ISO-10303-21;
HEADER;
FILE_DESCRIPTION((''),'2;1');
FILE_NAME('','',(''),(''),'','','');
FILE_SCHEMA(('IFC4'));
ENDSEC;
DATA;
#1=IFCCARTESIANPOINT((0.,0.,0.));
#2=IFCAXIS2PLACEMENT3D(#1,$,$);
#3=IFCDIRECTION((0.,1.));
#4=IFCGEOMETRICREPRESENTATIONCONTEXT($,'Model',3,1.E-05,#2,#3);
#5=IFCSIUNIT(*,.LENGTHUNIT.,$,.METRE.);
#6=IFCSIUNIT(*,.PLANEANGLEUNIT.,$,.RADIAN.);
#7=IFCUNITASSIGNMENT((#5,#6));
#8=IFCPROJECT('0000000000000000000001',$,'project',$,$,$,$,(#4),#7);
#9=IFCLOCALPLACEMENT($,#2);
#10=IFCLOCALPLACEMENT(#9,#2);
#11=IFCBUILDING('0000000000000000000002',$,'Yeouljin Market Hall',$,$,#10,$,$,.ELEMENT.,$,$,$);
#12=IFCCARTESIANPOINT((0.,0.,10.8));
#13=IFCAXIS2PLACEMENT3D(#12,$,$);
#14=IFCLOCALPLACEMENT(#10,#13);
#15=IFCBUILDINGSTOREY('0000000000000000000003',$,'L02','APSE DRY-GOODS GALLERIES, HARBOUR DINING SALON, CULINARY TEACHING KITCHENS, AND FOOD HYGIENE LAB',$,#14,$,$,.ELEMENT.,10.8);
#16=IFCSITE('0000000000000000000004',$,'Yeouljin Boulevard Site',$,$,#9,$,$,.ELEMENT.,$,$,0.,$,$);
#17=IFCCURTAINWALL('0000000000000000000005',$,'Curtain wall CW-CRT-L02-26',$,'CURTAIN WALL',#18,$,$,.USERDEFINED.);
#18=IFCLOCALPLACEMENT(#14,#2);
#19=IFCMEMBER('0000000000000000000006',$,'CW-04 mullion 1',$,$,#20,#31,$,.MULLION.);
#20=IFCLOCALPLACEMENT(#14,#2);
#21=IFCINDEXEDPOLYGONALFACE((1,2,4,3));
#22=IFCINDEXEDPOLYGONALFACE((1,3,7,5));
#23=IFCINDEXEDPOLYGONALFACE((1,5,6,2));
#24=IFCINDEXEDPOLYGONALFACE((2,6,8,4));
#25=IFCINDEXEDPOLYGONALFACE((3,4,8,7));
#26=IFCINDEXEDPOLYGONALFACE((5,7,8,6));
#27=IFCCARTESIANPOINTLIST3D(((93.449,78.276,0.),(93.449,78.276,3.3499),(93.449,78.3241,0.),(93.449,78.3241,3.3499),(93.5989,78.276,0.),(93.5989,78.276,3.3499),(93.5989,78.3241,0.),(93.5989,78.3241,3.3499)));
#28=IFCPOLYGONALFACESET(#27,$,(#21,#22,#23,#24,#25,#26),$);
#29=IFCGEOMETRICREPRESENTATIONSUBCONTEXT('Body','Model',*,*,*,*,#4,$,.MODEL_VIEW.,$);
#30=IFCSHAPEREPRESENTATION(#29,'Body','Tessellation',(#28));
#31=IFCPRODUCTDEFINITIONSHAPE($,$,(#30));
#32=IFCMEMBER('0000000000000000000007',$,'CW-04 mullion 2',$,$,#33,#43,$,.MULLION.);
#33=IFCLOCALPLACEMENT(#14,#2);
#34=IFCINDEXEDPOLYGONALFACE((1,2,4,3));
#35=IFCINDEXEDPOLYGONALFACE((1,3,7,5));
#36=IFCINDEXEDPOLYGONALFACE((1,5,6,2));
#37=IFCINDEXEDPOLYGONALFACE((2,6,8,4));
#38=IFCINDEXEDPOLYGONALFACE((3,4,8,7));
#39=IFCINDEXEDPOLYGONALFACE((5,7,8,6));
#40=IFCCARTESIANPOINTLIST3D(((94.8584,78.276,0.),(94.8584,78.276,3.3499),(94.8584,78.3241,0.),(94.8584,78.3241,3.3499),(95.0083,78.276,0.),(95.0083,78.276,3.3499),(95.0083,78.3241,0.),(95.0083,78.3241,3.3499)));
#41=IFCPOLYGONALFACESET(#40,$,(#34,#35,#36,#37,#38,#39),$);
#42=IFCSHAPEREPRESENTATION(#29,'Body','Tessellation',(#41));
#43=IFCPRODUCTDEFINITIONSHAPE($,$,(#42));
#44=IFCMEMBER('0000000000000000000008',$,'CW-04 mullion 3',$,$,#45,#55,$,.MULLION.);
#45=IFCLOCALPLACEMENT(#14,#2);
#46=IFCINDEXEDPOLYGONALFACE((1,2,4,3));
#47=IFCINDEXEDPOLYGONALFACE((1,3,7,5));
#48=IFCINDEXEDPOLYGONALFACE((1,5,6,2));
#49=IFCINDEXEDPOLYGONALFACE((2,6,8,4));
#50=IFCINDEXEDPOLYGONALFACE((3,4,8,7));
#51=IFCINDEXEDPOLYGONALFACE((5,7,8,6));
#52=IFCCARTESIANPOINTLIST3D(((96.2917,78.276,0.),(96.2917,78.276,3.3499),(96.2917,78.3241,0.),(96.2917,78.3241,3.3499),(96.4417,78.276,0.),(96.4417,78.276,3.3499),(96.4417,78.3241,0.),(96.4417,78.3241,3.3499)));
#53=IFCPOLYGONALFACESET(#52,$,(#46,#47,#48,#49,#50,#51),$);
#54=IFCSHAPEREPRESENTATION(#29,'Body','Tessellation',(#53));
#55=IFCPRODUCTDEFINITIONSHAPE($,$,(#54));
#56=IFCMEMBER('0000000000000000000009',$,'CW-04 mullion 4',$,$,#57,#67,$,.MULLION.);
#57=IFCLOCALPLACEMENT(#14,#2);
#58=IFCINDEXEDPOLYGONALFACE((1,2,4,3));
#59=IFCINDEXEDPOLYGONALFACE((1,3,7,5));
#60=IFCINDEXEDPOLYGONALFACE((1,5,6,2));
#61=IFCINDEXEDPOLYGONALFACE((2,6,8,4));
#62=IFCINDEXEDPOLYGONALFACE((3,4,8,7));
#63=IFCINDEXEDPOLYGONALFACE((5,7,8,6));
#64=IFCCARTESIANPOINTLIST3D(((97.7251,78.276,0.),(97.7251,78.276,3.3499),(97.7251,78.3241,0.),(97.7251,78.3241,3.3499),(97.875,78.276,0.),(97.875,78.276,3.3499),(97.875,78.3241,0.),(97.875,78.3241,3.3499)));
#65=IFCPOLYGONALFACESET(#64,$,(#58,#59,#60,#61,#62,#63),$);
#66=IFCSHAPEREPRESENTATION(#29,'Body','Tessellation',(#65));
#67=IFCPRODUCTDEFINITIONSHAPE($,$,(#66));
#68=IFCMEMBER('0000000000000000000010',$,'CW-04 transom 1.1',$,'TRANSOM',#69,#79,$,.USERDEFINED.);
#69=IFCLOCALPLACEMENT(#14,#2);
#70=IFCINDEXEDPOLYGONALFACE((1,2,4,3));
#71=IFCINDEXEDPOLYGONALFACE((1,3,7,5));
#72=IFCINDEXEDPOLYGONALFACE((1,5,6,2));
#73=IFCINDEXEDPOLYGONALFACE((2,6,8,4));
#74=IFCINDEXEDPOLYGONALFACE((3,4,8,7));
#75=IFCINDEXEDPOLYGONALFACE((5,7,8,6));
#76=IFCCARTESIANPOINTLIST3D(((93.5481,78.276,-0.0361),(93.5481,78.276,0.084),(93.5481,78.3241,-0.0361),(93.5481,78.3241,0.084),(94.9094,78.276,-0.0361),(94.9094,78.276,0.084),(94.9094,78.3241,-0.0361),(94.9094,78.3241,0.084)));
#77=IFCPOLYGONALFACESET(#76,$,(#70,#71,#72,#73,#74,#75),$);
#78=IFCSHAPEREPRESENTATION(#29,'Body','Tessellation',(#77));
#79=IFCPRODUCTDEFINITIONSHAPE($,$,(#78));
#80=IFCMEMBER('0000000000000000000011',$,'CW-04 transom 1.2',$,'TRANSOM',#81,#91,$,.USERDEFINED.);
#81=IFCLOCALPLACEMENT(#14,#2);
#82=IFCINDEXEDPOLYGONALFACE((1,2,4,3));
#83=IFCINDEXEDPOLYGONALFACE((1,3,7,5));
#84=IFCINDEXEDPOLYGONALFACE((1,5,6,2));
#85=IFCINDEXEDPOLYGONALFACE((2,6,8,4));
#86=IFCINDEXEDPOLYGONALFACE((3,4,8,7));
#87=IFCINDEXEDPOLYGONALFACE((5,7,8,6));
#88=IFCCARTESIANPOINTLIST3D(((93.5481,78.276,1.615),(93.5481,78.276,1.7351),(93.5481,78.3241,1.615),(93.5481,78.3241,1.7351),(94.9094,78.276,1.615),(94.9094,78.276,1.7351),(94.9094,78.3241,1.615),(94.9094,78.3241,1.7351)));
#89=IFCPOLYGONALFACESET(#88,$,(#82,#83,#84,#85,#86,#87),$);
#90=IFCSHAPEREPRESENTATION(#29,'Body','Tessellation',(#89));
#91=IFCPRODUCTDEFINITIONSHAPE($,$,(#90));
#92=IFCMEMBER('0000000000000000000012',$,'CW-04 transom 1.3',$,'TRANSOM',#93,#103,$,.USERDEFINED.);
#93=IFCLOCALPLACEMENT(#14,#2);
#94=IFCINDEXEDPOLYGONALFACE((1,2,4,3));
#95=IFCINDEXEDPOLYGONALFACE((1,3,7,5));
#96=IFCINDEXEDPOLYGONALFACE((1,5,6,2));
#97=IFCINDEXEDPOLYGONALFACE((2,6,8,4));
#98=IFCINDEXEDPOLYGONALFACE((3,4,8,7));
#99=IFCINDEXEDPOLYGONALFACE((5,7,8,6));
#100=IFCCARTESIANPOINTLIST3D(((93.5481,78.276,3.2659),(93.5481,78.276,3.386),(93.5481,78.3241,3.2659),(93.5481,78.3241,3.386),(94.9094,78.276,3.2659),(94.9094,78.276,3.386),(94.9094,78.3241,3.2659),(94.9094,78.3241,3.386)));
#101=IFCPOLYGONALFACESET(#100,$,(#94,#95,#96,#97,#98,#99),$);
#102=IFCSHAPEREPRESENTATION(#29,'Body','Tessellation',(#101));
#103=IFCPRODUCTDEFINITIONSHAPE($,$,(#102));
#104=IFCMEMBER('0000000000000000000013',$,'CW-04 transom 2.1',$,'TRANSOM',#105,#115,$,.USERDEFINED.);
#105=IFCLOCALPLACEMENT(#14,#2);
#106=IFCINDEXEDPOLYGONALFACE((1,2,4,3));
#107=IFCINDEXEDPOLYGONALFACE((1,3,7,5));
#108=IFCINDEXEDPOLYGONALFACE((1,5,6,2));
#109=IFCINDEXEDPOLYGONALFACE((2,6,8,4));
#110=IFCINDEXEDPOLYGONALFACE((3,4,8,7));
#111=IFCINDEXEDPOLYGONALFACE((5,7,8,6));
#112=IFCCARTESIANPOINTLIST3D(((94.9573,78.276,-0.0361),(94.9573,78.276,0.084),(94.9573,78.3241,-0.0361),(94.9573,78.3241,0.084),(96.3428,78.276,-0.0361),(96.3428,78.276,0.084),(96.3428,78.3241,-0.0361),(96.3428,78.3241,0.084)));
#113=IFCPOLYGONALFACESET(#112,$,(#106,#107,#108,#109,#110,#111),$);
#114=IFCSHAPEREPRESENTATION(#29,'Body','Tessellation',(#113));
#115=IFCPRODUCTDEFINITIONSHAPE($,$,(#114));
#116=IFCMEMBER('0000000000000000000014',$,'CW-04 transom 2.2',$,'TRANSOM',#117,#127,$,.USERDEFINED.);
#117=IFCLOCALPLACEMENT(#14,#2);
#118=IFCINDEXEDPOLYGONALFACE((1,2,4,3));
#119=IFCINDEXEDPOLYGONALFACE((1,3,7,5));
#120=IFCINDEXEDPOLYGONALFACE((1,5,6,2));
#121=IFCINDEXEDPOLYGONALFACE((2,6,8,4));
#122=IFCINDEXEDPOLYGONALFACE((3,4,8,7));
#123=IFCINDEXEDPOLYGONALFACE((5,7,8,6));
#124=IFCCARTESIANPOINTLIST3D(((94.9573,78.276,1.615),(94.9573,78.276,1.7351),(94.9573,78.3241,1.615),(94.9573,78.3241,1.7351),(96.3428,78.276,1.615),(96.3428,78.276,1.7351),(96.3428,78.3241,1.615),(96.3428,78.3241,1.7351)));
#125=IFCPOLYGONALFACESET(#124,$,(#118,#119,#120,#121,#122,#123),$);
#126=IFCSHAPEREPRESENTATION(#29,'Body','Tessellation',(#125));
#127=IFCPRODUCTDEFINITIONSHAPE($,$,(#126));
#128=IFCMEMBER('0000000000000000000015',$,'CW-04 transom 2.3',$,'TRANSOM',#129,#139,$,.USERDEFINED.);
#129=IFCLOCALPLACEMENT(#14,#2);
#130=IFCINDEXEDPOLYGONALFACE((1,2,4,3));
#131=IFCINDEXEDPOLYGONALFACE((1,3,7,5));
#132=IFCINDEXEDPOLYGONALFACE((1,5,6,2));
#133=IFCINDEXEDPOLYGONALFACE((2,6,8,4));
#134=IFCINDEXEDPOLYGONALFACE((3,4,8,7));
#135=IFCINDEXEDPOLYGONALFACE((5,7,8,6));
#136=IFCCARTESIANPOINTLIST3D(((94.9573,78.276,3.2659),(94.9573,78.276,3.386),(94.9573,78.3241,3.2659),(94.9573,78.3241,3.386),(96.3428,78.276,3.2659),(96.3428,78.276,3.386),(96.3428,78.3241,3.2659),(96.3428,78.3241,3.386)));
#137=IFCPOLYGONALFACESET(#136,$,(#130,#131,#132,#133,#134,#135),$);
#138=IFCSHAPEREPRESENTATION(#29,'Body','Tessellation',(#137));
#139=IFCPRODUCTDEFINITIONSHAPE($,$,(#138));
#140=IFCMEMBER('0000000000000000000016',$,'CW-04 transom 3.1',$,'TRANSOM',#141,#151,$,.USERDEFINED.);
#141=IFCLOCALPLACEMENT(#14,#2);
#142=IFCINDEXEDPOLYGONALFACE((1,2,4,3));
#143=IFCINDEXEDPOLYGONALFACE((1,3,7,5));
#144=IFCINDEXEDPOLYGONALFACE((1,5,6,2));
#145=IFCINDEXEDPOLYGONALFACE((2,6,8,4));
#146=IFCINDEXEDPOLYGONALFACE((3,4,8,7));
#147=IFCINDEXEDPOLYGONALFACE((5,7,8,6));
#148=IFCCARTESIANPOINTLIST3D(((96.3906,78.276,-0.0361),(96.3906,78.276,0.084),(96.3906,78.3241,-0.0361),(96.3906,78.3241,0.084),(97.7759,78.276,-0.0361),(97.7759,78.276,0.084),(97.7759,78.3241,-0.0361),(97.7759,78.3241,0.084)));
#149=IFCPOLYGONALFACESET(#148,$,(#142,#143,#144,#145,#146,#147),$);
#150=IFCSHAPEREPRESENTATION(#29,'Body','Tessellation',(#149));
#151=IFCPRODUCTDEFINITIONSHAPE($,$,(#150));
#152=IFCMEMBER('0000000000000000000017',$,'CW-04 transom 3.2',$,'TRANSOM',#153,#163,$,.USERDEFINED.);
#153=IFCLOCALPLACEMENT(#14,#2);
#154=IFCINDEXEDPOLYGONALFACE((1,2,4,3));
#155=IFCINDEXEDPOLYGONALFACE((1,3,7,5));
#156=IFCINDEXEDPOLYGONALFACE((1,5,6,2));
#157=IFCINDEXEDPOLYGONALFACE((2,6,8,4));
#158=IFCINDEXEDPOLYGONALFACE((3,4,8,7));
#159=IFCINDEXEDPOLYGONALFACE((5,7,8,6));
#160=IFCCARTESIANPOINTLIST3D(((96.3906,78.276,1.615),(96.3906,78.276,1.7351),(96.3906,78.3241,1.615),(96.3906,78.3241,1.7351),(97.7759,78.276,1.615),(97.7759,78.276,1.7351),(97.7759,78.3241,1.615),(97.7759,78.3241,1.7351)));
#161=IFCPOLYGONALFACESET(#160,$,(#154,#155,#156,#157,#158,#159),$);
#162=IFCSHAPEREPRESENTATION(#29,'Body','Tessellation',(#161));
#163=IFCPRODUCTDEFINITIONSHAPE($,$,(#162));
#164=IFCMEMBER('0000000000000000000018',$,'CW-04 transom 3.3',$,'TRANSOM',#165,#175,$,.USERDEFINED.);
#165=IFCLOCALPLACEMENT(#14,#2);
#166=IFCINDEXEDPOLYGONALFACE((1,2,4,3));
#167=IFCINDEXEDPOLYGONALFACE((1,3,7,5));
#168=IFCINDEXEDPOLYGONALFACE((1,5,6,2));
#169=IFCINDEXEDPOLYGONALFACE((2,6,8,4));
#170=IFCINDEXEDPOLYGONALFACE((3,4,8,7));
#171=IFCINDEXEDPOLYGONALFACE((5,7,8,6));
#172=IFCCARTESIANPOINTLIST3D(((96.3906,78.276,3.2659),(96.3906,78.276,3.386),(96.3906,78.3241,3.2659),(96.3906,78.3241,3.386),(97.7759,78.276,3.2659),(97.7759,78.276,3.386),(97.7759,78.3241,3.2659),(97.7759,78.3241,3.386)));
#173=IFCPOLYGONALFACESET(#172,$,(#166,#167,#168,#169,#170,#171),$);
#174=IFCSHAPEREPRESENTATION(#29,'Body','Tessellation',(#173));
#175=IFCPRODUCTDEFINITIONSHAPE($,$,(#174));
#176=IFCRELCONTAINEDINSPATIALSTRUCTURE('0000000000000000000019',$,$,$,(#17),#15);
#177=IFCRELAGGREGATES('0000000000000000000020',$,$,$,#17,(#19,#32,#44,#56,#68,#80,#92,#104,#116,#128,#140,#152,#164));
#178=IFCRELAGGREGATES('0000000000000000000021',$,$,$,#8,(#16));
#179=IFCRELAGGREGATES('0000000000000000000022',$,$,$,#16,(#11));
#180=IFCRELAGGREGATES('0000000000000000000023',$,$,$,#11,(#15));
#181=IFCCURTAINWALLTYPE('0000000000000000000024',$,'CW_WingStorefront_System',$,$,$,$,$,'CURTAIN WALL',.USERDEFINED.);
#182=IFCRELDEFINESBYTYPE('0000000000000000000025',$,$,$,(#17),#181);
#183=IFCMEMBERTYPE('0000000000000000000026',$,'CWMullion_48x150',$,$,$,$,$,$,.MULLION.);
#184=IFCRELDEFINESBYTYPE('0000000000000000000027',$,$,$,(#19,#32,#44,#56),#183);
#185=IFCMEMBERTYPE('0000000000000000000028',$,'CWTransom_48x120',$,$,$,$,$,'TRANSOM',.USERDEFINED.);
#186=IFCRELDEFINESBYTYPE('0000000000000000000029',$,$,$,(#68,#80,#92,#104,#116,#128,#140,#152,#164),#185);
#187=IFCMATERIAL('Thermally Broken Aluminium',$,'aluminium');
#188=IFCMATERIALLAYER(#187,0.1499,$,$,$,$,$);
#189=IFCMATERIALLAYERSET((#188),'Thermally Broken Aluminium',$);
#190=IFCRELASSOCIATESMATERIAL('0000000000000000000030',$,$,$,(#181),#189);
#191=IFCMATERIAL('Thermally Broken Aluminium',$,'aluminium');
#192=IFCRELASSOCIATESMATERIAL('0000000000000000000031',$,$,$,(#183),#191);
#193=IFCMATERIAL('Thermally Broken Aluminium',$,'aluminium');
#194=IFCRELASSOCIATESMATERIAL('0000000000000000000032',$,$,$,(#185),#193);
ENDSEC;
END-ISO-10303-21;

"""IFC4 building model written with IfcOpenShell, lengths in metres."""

from ifc_helpers import new_model, si_unit, direction, frame, origin, origin_2d, place, context, subcontext, project, spatial, rectangle, extrude, material, layer, layer_set, material_profile, profile_set, type_object, element, aggregate, save


model = new_model("IFC4")

# Units and contexts
model_context = context("Model", 3, precision=1e-05, world=origin(), true_north=direction((0.0, 1.0)))
body_context = subcontext(model_context, "Body", "Model", "MODEL_VIEW")
ifc_project = project(units=[si_unit("LENGTHUNIT", "METRE"), si_unit("PLANEANGLEUNIT", "RADIAN")], contexts=[model_context])

# Site, building, storey
site_placement = place(None, origin())
site = spatial("IfcSite", under=ifc_project, at=site_placement, Name="Yeouljin Boulevard Site", CompositionType="ELEMENT", RefElevation=0.0)
building_placement = place(site_placement, origin())
building = spatial("IfcBuilding", under=site, at=building_placement, Name="Yeouljin Market Hall", CompositionType="ELEMENT")
storey_placement = place(building_placement, frame((0.0, 0.0, 10.8)))
storey = spatial("IfcBuildingStorey", under=building, at=storey_placement, Name="L02", Description="APSE DRY-GOODS GALLERIES, HARBOUR DINING SALON, CULINARY TEACHING KITCHENS, AND FOOD HYGIENE LAB", CompositionType="ELEMENT", Elevation=10.8)

# Curtain wall, members
ifc_material_1 = material(Name="Thermally Broken Aluminium", Category="aluminium")
ifc_layer_1 = layer(ifc_material_1, 0.1499)
ifc_layer_set_1 = layer_set([ifc_layer_1], Name="Thermally Broken Aluminium")
curtain_wall_type = type_object("IfcCurtainWallType", Name="CW_WingStorefront_System", ElementType="CURTAIN WALL", PredefinedType="USERDEFINED", material=ifc_layer_set_1)
curtain_wall_placement = place(storey_placement, origin())
curtain_wall = element("IfcCurtainWall", 1, at=curtain_wall_placement, inside=storey, type_object=curtain_wall_type, Name="Curtain wall CW-CRT-L02-26", ObjectType="CURTAIN WALL", PredefinedType="USERDEFINED")
ifc_material_2 = material(Name="Thermally Broken Aluminium", Category="aluminium")
ifc_material_profile_1 = material_profile(ifc_material_2, rectangle(XDim=0.0481, YDim=0.1499, at=origin_2d()), Name="CW-MULL-48x150")
ifc_profile_set_1 = profile_set([ifc_material_profile_1], Name="Thermally Broken Aluminium")
member_type_1 = type_object("IfcMemberType", Name="CWMullion_48x150", PredefinedType="MULLION", material=ifc_profile_set_1)
member_1_placement = place(storey_placement, frame((93.5239, 78.3, 0.0), z_axis=(0.0, 0.0, 1.0), x_axis=(0.0, 1.0, 0.0)))
member_1 = element("IfcMember", 2, at=member_1_placement, type_object=member_type_1, Name="CW-04 mullion 1", PredefinedType="MULLION", context=body_context, shape_type="SweptSolid", body=[
    extrude(rectangle(XDim=0.0481, YDim=0.1499, at=origin_2d()), origin(), (0.0, 0.0, 1.0), 3.3499),
])
member_2_placement = place(storey_placement, frame((94.9333, 78.3, 0.0), z_axis=(0.0, 0.0, 1.0), x_axis=(0.0, 1.0, 0.0)))
member_2 = element("IfcMember", 3, at=member_2_placement, type_object=member_type_1, Name="CW-04 mullion 2", PredefinedType="MULLION", context=body_context, shape_type="SweptSolid", body=[
    extrude(rectangle(XDim=0.0481, YDim=0.1499, at=origin_2d()), origin(), (0.0, 0.0, 1.0), 3.3499),
])
member_3_placement = place(storey_placement, frame((96.3667, 78.3, 0.0), z_axis=(0.0, 0.0, 1.0), x_axis=(0.0, 1.0, 0.0)))
member_3 = element("IfcMember", 4, at=member_3_placement, type_object=member_type_1, Name="CW-04 mullion 3", PredefinedType="MULLION", context=body_context, shape_type="SweptSolid", body=[
    extrude(rectangle(XDim=0.0481, YDim=0.1499, at=origin_2d()), origin(), (0.0, 0.0, 1.0), 3.3499),
])
member_4_placement = place(storey_placement, frame((97.8, 78.3, 0.0), z_axis=(0.0, 0.0, 1.0), x_axis=(0.0, 1.0, 0.0)))
member_4 = element("IfcMember", 5, at=member_4_placement, type_object=member_type_1, Name="CW-04 mullion 4", PredefinedType="MULLION", context=body_context, shape_type="SweptSolid", body=[
    extrude(rectangle(XDim=0.0481, YDim=0.1499, at=origin_2d()), origin(), (0.0, 0.0, 1.0), 3.3499),
])
ifc_material_3 = material(Name="Thermally Broken Aluminium", Category="aluminium")
ifc_material_profile_2 = material_profile(ifc_material_3, rectangle(XDim=0.0481, YDim=0.1201, at=origin_2d()), Name="CW-TRAN-48x120")
ifc_profile_set_2 = profile_set([ifc_material_profile_2], Name="Thermally Broken Aluminium")
member_type_2 = type_object("IfcMemberType", Name="CWTransom_48x120", ElementType="TRANSOM", PredefinedType="USERDEFINED", material=ifc_profile_set_2)
member_5_placement = place(storey_placement, frame((93.5481, 78.3, 0.0239), z_axis=(1.0, 0.0, 0.0), x_axis=(0.0, 1.0, 0.0)))
member_5 = element("IfcMember", 6, at=member_5_placement, type_object=member_type_2, Name="CW-04 transom 1.1", ObjectType="TRANSOM", PredefinedType="USERDEFINED", context=body_context, shape_type="SweptSolid", body=[
    extrude(rectangle(XDim=0.0481, YDim=0.1201, at=origin_2d()), origin(), (0.0, 0.0, 1.0), 1.3613),
])
member_6_placement = place(storey_placement, frame((93.5481, 78.3, 1.675), z_axis=(1.0, 0.0, 0.0), x_axis=(0.0, 1.0, 0.0)))
member_6 = element("IfcMember", 7, at=member_6_placement, type_object=member_type_2, Name="CW-04 transom 1.2", ObjectType="TRANSOM", PredefinedType="USERDEFINED", context=body_context, shape_type="SweptSolid", body=[
    extrude(rectangle(XDim=0.0481, YDim=0.1201, at=origin_2d()), origin(), (0.0, 0.0, 1.0), 1.3613),
])
member_7_placement = place(storey_placement, frame((93.5481, 78.3, 3.3259), z_axis=(1.0, 0.0, 0.0), x_axis=(0.0, 1.0, 0.0)))
member_7 = element("IfcMember", 8, at=member_7_placement, type_object=member_type_2, Name="CW-04 transom 1.3", ObjectType="TRANSOM", PredefinedType="USERDEFINED", context=body_context, shape_type="SweptSolid", body=[
    extrude(rectangle(XDim=0.0481, YDim=0.1201, at=origin_2d()), origin(), (0.0, 0.0, 1.0), 1.3613),
])
member_8_placement = place(storey_placement, frame((94.9573, 78.3, 0.0239), z_axis=(1.0, 0.0, 0.0), x_axis=(0.0, 1.0, 0.0)))
member_8 = element("IfcMember", 9, at=member_8_placement, type_object=member_type_2, Name="CW-04 transom 2.1", ObjectType="TRANSOM", PredefinedType="USERDEFINED", context=body_context, shape_type="SweptSolid", body=[
    extrude(rectangle(XDim=0.0481, YDim=0.1201, at=origin_2d()), origin(), (0.0, 0.0, 1.0), 1.3855),
])
member_9_placement = place(storey_placement, frame((94.9573, 78.3, 1.675), z_axis=(1.0, 0.0, 0.0), x_axis=(0.0, 1.0, 0.0)))
member_9 = element("IfcMember", 10, at=member_9_placement, type_object=member_type_2, Name="CW-04 transom 2.2", ObjectType="TRANSOM", PredefinedType="USERDEFINED", context=body_context, shape_type="SweptSolid", body=[
    extrude(rectangle(XDim=0.0481, YDim=0.1201, at=origin_2d()), origin(), (0.0, 0.0, 1.0), 1.3855),
])
member_10_placement = place(storey_placement, frame((94.9573, 78.3, 3.3259), z_axis=(1.0, 0.0, 0.0), x_axis=(0.0, 1.0, 0.0)))
member_10 = element("IfcMember", 11, at=member_10_placement, type_object=member_type_2, Name="CW-04 transom 2.3", ObjectType="TRANSOM", PredefinedType="USERDEFINED", context=body_context, shape_type="SweptSolid", body=[
    extrude(rectangle(XDim=0.0481, YDim=0.1201, at=origin_2d()), origin(), (0.0, 0.0, 1.0), 1.3855),
])
member_11_placement = place(storey_placement, frame((96.3906, 78.3, 0.0239), z_axis=(1.0, 0.0, 0.0), x_axis=(0.0, 1.0, 0.0)))
member_11 = element("IfcMember", 12, at=member_11_placement, type_object=member_type_2, Name="CW-04 transom 3.1", ObjectType="TRANSOM", PredefinedType="USERDEFINED", context=body_context, shape_type="SweptSolid", body=[
    extrude(rectangle(XDim=0.0481, YDim=0.1201, at=origin_2d()), origin(), (0.0, 0.0, 1.0), 1.3853),
])
member_12_placement = place(storey_placement, frame((96.3906, 78.3, 1.675), z_axis=(1.0, 0.0, 0.0), x_axis=(0.0, 1.0, 0.0)))
member_12 = element("IfcMember", 13, at=member_12_placement, type_object=member_type_2, Name="CW-04 transom 3.2", ObjectType="TRANSOM", PredefinedType="USERDEFINED", context=body_context, shape_type="SweptSolid", body=[
    extrude(rectangle(XDim=0.0481, YDim=0.1201, at=origin_2d()), origin(), (0.0, 0.0, 1.0), 1.3853),
])
member_13_placement = place(storey_placement, frame((96.3906, 78.3, 3.3259), z_axis=(1.0, 0.0, 0.0), x_axis=(0.0, 1.0, 0.0)))
member_13 = element("IfcMember", 14, at=member_13_placement, type_object=member_type_2, Name="CW-04 transom 3.3", ObjectType="TRANSOM", PredefinedType="USERDEFINED", context=body_context, shape_type="SweptSolid", body=[
    extrude(rectangle(XDim=0.0481, YDim=0.1201, at=origin_2d()), origin(), (0.0, 0.0, 1.0), 1.3853),
])

aggregate(curtain_wall, [member_1, member_2, member_3, member_4, member_5, member_6, member_7, member_8, member_9, member_10, member_11, member_12, member_13])

save(model, "model.ifc")
